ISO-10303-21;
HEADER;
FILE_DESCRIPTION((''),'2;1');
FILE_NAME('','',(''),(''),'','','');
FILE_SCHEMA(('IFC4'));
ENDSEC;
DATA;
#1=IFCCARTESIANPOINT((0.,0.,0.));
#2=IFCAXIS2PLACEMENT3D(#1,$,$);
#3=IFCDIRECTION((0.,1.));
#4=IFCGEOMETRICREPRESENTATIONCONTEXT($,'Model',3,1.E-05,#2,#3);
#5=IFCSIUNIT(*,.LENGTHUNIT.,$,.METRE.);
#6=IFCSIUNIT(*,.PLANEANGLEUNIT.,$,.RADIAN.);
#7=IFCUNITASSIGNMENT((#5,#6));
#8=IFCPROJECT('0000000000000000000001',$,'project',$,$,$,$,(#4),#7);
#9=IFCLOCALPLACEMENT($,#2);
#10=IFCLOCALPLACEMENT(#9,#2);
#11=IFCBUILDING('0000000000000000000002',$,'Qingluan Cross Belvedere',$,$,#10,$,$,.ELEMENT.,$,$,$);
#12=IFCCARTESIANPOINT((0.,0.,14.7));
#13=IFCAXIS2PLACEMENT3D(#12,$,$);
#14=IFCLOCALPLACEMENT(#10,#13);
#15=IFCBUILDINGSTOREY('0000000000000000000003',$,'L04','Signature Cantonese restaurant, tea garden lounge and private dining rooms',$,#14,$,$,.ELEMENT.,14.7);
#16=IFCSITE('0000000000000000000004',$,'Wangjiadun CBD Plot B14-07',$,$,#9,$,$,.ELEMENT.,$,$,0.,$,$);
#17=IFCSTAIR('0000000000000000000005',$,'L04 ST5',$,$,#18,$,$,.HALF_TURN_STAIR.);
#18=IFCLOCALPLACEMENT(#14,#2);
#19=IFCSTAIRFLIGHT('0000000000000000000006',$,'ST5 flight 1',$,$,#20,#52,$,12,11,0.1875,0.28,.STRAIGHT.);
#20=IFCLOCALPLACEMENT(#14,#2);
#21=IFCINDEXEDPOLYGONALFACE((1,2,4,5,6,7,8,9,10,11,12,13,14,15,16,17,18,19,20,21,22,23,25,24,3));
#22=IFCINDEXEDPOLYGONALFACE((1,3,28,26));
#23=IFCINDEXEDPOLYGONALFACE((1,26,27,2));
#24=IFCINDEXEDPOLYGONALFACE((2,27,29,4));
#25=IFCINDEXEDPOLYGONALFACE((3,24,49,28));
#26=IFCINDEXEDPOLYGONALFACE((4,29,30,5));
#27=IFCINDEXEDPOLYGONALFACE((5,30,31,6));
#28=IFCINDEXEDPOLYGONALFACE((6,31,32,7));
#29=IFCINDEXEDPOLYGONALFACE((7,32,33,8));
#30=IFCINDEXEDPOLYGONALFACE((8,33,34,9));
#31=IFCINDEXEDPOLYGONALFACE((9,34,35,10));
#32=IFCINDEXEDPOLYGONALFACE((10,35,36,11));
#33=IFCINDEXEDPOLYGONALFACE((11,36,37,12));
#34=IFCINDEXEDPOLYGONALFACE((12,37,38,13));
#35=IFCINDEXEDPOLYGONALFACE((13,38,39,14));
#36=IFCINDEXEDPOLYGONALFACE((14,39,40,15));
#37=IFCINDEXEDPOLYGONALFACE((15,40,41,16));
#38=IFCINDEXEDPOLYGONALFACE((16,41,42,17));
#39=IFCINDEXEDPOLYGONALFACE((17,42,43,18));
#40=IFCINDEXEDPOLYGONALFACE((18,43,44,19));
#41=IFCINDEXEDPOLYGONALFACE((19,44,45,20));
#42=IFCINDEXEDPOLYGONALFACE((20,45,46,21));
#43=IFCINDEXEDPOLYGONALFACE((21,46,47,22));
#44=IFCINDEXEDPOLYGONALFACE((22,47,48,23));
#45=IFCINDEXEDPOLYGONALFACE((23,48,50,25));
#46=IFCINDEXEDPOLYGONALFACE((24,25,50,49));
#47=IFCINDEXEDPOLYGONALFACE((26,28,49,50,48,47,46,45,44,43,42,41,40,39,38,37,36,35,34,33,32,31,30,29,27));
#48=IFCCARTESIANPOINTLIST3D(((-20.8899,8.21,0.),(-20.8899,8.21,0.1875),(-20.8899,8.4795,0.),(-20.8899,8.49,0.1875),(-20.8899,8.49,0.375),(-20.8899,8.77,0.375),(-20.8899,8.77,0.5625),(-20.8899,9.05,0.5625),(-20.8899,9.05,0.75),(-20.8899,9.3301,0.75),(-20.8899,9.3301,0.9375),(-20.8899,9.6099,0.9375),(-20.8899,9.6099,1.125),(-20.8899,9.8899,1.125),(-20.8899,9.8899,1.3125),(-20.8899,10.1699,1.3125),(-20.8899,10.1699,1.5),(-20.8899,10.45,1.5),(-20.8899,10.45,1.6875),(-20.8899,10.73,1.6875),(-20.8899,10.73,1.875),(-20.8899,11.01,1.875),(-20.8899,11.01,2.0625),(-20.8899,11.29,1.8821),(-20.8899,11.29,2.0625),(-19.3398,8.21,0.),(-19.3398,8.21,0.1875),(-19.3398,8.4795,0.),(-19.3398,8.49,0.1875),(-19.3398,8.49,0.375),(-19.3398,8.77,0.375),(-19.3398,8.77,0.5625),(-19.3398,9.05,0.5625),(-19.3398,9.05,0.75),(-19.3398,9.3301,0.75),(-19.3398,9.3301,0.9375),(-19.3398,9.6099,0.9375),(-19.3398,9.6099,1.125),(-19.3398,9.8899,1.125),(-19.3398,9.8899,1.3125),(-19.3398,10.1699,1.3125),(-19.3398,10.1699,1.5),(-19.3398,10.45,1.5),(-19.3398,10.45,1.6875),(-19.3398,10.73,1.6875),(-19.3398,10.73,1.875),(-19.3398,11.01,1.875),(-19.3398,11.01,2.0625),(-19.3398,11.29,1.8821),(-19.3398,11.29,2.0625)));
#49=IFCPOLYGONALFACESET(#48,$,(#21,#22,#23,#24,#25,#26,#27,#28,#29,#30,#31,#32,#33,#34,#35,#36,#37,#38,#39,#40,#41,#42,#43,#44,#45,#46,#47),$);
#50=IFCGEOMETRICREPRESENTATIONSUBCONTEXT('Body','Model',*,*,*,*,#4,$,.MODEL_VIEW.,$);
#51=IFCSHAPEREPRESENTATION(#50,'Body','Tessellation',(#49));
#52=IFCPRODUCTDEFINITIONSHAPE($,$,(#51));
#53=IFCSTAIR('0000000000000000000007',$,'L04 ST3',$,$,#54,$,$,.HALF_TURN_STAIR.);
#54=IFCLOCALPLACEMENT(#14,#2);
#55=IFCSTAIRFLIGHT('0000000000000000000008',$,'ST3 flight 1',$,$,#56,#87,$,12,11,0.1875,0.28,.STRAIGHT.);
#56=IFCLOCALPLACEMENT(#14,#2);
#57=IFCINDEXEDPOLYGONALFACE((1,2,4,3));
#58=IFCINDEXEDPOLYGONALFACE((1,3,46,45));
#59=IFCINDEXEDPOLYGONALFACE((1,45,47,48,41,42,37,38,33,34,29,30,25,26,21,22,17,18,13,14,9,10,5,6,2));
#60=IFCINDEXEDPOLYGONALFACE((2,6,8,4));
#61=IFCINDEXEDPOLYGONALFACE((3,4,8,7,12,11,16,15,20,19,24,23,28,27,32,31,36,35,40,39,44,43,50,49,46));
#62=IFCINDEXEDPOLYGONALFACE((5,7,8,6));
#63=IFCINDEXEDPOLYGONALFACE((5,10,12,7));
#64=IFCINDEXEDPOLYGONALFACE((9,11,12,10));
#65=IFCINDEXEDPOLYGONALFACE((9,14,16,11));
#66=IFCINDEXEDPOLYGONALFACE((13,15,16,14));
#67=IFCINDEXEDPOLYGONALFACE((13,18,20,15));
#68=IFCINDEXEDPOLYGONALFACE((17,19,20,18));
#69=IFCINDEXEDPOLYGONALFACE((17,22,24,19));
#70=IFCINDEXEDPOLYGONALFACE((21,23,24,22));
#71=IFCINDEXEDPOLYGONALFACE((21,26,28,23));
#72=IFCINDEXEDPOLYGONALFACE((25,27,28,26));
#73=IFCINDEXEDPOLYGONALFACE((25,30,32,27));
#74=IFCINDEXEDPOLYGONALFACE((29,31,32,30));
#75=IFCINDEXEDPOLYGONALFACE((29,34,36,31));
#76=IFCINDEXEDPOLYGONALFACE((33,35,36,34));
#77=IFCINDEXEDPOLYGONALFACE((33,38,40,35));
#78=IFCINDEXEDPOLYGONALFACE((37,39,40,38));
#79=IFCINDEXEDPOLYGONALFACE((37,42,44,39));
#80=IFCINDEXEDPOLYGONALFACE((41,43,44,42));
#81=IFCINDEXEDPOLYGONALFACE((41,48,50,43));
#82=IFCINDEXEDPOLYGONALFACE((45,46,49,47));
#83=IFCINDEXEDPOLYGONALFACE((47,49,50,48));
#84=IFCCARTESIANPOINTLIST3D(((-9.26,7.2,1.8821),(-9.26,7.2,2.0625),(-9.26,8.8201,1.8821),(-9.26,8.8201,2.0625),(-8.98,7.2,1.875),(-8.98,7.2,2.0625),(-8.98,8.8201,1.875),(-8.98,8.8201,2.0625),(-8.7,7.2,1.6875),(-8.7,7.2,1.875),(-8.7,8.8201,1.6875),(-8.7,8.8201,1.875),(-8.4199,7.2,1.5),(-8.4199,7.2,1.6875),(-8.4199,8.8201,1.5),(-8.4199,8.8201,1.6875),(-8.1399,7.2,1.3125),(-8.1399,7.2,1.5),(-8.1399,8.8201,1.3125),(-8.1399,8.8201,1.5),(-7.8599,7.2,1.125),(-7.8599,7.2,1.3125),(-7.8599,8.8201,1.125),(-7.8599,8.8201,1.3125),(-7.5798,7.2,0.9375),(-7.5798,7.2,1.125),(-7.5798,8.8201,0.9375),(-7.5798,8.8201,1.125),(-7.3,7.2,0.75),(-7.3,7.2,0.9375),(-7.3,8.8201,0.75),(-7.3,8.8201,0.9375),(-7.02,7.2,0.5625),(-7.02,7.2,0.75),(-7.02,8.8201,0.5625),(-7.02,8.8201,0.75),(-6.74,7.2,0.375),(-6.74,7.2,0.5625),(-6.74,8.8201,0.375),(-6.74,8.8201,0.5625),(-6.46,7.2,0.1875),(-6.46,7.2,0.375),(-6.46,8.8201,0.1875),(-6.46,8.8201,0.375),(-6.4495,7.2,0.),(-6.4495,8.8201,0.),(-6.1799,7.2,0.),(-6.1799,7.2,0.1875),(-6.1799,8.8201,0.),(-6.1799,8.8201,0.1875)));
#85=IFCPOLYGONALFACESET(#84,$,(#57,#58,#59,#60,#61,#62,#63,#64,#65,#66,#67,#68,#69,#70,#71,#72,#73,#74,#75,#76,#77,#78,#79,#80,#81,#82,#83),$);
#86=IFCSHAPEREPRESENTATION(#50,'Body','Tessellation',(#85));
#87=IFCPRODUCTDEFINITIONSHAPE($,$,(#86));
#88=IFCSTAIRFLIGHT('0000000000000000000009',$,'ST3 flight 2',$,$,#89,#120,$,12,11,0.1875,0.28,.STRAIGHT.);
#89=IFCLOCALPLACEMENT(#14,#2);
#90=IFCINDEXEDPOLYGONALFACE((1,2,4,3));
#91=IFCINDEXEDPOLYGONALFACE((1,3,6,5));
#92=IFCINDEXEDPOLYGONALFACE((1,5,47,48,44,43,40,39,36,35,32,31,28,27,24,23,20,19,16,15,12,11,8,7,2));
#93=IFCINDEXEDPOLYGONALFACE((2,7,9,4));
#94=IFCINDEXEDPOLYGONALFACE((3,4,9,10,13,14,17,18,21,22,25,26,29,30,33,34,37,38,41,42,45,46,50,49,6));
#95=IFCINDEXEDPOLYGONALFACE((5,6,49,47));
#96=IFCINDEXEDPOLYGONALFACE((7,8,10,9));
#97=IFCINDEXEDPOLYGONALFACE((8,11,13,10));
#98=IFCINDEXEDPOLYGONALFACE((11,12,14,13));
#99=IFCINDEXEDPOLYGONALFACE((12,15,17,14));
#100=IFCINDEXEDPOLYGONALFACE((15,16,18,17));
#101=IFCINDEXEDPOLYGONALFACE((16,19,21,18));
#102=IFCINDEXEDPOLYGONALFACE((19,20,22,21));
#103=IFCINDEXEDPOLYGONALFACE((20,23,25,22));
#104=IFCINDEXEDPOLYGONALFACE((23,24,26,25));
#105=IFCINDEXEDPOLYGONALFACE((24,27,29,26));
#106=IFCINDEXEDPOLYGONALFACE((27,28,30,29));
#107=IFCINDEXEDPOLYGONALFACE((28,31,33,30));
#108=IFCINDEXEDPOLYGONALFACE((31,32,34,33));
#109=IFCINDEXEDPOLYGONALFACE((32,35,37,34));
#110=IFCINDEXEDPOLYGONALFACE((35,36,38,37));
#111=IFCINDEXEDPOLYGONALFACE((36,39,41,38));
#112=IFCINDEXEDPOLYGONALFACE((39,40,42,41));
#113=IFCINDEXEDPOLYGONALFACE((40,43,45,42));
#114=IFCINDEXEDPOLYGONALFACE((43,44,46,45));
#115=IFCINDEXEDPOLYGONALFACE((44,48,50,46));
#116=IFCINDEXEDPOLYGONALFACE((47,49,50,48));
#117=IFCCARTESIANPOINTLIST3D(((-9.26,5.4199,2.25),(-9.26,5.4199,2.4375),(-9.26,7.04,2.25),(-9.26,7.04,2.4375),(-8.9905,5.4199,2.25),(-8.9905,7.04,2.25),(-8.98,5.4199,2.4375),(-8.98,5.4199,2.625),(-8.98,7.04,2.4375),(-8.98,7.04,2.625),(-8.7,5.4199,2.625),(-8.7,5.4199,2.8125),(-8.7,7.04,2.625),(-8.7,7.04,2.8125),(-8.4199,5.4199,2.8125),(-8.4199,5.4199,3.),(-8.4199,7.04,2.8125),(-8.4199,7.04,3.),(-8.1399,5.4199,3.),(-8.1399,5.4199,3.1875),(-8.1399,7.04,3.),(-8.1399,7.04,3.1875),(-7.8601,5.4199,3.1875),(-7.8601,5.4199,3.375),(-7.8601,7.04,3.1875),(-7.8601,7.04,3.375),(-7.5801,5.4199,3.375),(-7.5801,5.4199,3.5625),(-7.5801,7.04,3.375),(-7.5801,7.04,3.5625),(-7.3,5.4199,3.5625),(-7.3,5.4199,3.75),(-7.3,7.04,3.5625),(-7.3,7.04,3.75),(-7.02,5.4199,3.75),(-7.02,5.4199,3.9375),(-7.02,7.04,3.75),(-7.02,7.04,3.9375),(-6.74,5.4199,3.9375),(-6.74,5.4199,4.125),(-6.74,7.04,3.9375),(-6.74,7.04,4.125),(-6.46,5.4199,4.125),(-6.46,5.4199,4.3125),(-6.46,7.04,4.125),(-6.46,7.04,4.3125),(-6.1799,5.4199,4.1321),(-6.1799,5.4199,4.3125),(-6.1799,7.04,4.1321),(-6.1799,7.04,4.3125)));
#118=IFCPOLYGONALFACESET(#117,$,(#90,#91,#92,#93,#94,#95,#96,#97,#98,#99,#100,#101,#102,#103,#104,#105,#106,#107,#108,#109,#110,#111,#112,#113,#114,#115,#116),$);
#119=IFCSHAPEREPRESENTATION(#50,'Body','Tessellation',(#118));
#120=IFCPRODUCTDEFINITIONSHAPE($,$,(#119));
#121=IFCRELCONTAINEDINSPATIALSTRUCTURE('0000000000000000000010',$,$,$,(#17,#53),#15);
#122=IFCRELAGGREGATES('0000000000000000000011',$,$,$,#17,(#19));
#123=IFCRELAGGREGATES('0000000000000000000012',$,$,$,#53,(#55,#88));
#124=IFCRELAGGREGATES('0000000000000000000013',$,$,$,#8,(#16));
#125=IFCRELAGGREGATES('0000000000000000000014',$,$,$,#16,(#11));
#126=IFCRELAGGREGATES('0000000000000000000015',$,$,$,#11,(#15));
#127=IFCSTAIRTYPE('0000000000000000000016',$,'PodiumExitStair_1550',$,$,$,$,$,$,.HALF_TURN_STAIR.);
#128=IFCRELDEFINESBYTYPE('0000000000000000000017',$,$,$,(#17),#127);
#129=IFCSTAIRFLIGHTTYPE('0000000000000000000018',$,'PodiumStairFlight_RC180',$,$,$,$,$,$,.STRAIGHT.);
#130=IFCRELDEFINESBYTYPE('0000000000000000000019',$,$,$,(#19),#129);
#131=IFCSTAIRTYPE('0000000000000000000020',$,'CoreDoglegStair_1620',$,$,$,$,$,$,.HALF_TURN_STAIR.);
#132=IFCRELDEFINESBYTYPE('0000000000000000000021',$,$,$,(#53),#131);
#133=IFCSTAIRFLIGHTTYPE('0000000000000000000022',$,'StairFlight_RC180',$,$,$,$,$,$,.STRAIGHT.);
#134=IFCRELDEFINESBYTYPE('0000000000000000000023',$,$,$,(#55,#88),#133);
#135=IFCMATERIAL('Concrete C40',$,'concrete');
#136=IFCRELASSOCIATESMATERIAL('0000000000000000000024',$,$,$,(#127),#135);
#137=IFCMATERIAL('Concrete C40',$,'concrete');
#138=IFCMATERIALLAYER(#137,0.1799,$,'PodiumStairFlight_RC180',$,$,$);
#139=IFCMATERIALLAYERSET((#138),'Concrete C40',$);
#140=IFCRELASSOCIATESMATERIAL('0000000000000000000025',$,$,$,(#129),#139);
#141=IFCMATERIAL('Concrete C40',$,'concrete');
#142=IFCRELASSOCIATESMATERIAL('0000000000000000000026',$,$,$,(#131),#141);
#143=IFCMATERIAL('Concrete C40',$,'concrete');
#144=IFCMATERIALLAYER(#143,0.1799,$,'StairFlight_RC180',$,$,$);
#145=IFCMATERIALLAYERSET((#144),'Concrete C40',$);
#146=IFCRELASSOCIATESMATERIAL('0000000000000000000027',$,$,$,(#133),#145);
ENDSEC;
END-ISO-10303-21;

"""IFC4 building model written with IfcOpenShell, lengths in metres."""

from ifc_helpers import new_model, si_unit, direction, frame, origin, place, context, subcontext, project, spatial, polyline, outline, extrude, material, layer, layer_set, type_object, element, aggregate, save


model = new_model("IFC4")

# Units and contexts
model_context = context("Model", 3, precision=1e-05, world=origin(), true_north=direction((0.0, 1.0)))
body_context = subcontext(model_context, "Body", "Model", "MODEL_VIEW")
ifc_project = project(units=[si_unit("LENGTHUNIT", "METRE"), si_unit("PLANEANGLEUNIT", "RADIAN")], contexts=[model_context])

# Site, building, storey
site_placement = place(None, origin())
site = spatial("IfcSite", under=ifc_project, at=site_placement, Name="Wangjiadun CBD Plot B14-07", CompositionType="ELEMENT", RefElevation=0.0)
building_placement = place(site_placement, origin())
building = spatial("IfcBuilding", under=site, at=building_placement, Name="Qingluan Cross Belvedere", CompositionType="ELEMENT")
storey_placement = place(building_placement, frame((0.0, 0.0, 14.7)))
storey = spatial("IfcBuildingStorey", under=building, at=storey_placement, Name="L04", Description="Signature Cantonese restaurant, tea garden lounge and private dining rooms", CompositionType="ELEMENT", Elevation=14.7)

# Stair, stair flight
ifc_material_1 = material(Name="Concrete C40", Category="concrete")
stair_type_1 = type_object("IfcStairType", Name="PodiumExitStair_1550", PredefinedType="HALF_TURN_STAIR", material=ifc_material_1)
stair_1_placement = place(storey_placement, origin())
stair_1 = element("IfcStair", 1, at=stair_1_placement, inside=storey, type_object=stair_type_1, Name="L04 ST5", PredefinedType="HALF_TURN_STAIR")
ifc_material_2 = material(Name="Concrete C40", Category="concrete")
ifc_layer_1 = layer(ifc_material_2, 0.1799, Name="PodiumStairFlight_RC180")
ifc_layer_set_1 = layer_set([ifc_layer_1], Name="Concrete C40")
stair_flight_type_1 = type_object("IfcStairFlightType", Name="PodiumStairFlight_RC180", PredefinedType="STRAIGHT", material=ifc_layer_set_1)
stair_flight_1_placement = place(storey_placement, frame((-20.115, 8.21, 0.0), z_axis=(0.0, 0.0, 1.0), x_axis=(0.0, 1.0, 0.0)))
stair_flight_1 = element("IfcStairFlight", 2, at=stair_flight_1_placement, type_object=stair_flight_type_1, Name="ST5 flight 1", NumberOfRisers=12, NumberOfTreads=11, PredefinedType="STRAIGHT", RiserHeight=0.1875, TreadLength=0.28, context=body_context, shape_type="SweptSolid", body=[
    extrude(outline(polyline([(0.0, 0.0), (0.0, 0.1875), (0.28, 0.1875), (0.28, 0.375), (0.5601, 0.375), (0.5601, 0.5625), (0.8401, 0.5625), (0.8401, 0.75), (1.1201, 0.75), (1.1201, 0.9375), (1.3999, 0.9375), (1.3999, 1.125), (1.6799, 1.125), (1.6799, 1.3125), (1.96, 1.3125), (1.96, 1.5), (2.24, 1.5), (2.24, 1.6875), (2.52, 1.6875), (2.52, 1.875), (2.8, 1.875), (2.8, 2.0625), (3.0801, 2.0625), (3.0801, 2.25), (3.0801, 1.8821), (0.2695, 0.0), (0.0, 0.0)])), frame((0.0, 0.7749, 0.0), z_axis=(0.0, -1.0, 0.0), x_axis=(1.0, 0.0, 0.0)), (0.0, 0.0, 1.0), 1.55),
])
aggregate(stair_1, [stair_flight_1])

# Stair, stair flights
ifc_material_3 = material(Name="Concrete C40", Category="concrete")
stair_type_2 = type_object("IfcStairType", Name="CoreDoglegStair_1620", PredefinedType="HALF_TURN_STAIR", material=ifc_material_3)
stair_2_placement = place(storey_placement, origin())
stair_2 = element("IfcStair", 3, at=stair_2_placement, inside=storey, type_object=stair_type_2, Name="L04 ST3", PredefinedType="HALF_TURN_STAIR")
ifc_material_4 = material(Name="Concrete C40", Category="concrete")
ifc_layer_2 = layer(ifc_material_4, 0.1799, Name="StairFlight_RC180")
ifc_layer_set_2 = layer_set([ifc_layer_2], Name="Concrete C40")
stair_flight_type_2 = type_object("IfcStairFlightType", Name="StairFlight_RC180", PredefinedType="STRAIGHT", material=ifc_layer_set_2)
stair_flight_2_placement = place(storey_placement, frame((-6.1799, 8.01, 0.0), z_axis=(0.0, 0.0, 1.0), x_axis=(-1.0, 0.0, 0.0)))
stair_flight_2 = element("IfcStairFlight", 4, at=stair_flight_2_placement, type_object=stair_flight_type_2, Name="ST3 flight 1", NumberOfRisers=12, NumberOfTreads=11, PredefinedType="STRAIGHT", RiserHeight=0.1875, TreadLength=0.28, context=body_context, shape_type="SweptSolid", body=[
    extrude(outline(polyline([(0.0, 0.0), (0.0, 0.1875), (0.28, 0.1875), (0.28, 0.375), (0.5601, 0.375), (0.5601, 0.5625), (0.8401, 0.5625), (0.8401, 0.75), (1.1201, 0.75), (1.1201, 0.9375), (1.3999, 0.9375), (1.3999, 1.125), (1.6799, 1.125), (1.6799, 1.3125), (1.96, 1.3125), (1.96, 1.5), (2.24, 1.5), (2.24, 1.6875), (2.52, 1.6875), (2.52, 1.875), (2.8, 1.875), (2.8, 2.0625), (3.0801, 2.0625), (3.0801, 2.25), (3.0801, 1.8821), (0.2695, 0.0), (0.0, 0.0)])), frame((0.0, 0.8101, 0.0), z_axis=(0.0, -1.0, 0.0), x_axis=(1.0, 0.0, 0.0)), (0.0, 0.0, 1.0), 1.6201),
])
stair_flight_3_placement = place(storey_placement, frame((-9.26, 6.23, 2.25), z_axis=(0.0, 0.0, 1.0), x_axis=(1.0, 0.0, 0.0)))
stair_flight_3 = element("IfcStairFlight", 5, at=stair_flight_3_placement, type_object=stair_flight_type_2, Name="ST3 flight 2", NumberOfRisers=12, NumberOfTreads=11, PredefinedType="STRAIGHT", RiserHeight=0.1875, TreadLength=0.28, context=body_context, shape_type="SweptSolid", body=[
    extrude(outline(polyline([(0.0, 0.0), (0.0, 0.1875), (0.28, 0.1875), (0.28, 0.375), (0.5601, 0.375), (0.5601, 0.5625), (0.8401, 0.5625), (0.8401, 0.75), (1.1201, 0.75), (1.1201, 0.9375), (1.3999, 0.9375), (1.3999, 1.125), (1.6799, 1.125), (1.6799, 1.3125), (1.96, 1.3125), (1.96, 1.5), (2.24, 1.5), (2.24, 1.6875), (2.52, 1.6875), (2.52, 1.875), (2.8, 1.875), (2.8, 2.0625), (3.0801, 2.0625), (3.0801, 2.25), (3.0801, 1.8821), (0.2695, 0.0), (0.0, 0.0)])), frame((0.0, 0.8101, 0.0), z_axis=(0.0, -1.0, 0.0), x_axis=(1.0, 0.0, 0.0)), (0.0, 0.0, 1.0), 1.6201),
])
aggregate(stair_2, [stair_flight_2, stair_flight_3])

save(model, "model.ifc")
